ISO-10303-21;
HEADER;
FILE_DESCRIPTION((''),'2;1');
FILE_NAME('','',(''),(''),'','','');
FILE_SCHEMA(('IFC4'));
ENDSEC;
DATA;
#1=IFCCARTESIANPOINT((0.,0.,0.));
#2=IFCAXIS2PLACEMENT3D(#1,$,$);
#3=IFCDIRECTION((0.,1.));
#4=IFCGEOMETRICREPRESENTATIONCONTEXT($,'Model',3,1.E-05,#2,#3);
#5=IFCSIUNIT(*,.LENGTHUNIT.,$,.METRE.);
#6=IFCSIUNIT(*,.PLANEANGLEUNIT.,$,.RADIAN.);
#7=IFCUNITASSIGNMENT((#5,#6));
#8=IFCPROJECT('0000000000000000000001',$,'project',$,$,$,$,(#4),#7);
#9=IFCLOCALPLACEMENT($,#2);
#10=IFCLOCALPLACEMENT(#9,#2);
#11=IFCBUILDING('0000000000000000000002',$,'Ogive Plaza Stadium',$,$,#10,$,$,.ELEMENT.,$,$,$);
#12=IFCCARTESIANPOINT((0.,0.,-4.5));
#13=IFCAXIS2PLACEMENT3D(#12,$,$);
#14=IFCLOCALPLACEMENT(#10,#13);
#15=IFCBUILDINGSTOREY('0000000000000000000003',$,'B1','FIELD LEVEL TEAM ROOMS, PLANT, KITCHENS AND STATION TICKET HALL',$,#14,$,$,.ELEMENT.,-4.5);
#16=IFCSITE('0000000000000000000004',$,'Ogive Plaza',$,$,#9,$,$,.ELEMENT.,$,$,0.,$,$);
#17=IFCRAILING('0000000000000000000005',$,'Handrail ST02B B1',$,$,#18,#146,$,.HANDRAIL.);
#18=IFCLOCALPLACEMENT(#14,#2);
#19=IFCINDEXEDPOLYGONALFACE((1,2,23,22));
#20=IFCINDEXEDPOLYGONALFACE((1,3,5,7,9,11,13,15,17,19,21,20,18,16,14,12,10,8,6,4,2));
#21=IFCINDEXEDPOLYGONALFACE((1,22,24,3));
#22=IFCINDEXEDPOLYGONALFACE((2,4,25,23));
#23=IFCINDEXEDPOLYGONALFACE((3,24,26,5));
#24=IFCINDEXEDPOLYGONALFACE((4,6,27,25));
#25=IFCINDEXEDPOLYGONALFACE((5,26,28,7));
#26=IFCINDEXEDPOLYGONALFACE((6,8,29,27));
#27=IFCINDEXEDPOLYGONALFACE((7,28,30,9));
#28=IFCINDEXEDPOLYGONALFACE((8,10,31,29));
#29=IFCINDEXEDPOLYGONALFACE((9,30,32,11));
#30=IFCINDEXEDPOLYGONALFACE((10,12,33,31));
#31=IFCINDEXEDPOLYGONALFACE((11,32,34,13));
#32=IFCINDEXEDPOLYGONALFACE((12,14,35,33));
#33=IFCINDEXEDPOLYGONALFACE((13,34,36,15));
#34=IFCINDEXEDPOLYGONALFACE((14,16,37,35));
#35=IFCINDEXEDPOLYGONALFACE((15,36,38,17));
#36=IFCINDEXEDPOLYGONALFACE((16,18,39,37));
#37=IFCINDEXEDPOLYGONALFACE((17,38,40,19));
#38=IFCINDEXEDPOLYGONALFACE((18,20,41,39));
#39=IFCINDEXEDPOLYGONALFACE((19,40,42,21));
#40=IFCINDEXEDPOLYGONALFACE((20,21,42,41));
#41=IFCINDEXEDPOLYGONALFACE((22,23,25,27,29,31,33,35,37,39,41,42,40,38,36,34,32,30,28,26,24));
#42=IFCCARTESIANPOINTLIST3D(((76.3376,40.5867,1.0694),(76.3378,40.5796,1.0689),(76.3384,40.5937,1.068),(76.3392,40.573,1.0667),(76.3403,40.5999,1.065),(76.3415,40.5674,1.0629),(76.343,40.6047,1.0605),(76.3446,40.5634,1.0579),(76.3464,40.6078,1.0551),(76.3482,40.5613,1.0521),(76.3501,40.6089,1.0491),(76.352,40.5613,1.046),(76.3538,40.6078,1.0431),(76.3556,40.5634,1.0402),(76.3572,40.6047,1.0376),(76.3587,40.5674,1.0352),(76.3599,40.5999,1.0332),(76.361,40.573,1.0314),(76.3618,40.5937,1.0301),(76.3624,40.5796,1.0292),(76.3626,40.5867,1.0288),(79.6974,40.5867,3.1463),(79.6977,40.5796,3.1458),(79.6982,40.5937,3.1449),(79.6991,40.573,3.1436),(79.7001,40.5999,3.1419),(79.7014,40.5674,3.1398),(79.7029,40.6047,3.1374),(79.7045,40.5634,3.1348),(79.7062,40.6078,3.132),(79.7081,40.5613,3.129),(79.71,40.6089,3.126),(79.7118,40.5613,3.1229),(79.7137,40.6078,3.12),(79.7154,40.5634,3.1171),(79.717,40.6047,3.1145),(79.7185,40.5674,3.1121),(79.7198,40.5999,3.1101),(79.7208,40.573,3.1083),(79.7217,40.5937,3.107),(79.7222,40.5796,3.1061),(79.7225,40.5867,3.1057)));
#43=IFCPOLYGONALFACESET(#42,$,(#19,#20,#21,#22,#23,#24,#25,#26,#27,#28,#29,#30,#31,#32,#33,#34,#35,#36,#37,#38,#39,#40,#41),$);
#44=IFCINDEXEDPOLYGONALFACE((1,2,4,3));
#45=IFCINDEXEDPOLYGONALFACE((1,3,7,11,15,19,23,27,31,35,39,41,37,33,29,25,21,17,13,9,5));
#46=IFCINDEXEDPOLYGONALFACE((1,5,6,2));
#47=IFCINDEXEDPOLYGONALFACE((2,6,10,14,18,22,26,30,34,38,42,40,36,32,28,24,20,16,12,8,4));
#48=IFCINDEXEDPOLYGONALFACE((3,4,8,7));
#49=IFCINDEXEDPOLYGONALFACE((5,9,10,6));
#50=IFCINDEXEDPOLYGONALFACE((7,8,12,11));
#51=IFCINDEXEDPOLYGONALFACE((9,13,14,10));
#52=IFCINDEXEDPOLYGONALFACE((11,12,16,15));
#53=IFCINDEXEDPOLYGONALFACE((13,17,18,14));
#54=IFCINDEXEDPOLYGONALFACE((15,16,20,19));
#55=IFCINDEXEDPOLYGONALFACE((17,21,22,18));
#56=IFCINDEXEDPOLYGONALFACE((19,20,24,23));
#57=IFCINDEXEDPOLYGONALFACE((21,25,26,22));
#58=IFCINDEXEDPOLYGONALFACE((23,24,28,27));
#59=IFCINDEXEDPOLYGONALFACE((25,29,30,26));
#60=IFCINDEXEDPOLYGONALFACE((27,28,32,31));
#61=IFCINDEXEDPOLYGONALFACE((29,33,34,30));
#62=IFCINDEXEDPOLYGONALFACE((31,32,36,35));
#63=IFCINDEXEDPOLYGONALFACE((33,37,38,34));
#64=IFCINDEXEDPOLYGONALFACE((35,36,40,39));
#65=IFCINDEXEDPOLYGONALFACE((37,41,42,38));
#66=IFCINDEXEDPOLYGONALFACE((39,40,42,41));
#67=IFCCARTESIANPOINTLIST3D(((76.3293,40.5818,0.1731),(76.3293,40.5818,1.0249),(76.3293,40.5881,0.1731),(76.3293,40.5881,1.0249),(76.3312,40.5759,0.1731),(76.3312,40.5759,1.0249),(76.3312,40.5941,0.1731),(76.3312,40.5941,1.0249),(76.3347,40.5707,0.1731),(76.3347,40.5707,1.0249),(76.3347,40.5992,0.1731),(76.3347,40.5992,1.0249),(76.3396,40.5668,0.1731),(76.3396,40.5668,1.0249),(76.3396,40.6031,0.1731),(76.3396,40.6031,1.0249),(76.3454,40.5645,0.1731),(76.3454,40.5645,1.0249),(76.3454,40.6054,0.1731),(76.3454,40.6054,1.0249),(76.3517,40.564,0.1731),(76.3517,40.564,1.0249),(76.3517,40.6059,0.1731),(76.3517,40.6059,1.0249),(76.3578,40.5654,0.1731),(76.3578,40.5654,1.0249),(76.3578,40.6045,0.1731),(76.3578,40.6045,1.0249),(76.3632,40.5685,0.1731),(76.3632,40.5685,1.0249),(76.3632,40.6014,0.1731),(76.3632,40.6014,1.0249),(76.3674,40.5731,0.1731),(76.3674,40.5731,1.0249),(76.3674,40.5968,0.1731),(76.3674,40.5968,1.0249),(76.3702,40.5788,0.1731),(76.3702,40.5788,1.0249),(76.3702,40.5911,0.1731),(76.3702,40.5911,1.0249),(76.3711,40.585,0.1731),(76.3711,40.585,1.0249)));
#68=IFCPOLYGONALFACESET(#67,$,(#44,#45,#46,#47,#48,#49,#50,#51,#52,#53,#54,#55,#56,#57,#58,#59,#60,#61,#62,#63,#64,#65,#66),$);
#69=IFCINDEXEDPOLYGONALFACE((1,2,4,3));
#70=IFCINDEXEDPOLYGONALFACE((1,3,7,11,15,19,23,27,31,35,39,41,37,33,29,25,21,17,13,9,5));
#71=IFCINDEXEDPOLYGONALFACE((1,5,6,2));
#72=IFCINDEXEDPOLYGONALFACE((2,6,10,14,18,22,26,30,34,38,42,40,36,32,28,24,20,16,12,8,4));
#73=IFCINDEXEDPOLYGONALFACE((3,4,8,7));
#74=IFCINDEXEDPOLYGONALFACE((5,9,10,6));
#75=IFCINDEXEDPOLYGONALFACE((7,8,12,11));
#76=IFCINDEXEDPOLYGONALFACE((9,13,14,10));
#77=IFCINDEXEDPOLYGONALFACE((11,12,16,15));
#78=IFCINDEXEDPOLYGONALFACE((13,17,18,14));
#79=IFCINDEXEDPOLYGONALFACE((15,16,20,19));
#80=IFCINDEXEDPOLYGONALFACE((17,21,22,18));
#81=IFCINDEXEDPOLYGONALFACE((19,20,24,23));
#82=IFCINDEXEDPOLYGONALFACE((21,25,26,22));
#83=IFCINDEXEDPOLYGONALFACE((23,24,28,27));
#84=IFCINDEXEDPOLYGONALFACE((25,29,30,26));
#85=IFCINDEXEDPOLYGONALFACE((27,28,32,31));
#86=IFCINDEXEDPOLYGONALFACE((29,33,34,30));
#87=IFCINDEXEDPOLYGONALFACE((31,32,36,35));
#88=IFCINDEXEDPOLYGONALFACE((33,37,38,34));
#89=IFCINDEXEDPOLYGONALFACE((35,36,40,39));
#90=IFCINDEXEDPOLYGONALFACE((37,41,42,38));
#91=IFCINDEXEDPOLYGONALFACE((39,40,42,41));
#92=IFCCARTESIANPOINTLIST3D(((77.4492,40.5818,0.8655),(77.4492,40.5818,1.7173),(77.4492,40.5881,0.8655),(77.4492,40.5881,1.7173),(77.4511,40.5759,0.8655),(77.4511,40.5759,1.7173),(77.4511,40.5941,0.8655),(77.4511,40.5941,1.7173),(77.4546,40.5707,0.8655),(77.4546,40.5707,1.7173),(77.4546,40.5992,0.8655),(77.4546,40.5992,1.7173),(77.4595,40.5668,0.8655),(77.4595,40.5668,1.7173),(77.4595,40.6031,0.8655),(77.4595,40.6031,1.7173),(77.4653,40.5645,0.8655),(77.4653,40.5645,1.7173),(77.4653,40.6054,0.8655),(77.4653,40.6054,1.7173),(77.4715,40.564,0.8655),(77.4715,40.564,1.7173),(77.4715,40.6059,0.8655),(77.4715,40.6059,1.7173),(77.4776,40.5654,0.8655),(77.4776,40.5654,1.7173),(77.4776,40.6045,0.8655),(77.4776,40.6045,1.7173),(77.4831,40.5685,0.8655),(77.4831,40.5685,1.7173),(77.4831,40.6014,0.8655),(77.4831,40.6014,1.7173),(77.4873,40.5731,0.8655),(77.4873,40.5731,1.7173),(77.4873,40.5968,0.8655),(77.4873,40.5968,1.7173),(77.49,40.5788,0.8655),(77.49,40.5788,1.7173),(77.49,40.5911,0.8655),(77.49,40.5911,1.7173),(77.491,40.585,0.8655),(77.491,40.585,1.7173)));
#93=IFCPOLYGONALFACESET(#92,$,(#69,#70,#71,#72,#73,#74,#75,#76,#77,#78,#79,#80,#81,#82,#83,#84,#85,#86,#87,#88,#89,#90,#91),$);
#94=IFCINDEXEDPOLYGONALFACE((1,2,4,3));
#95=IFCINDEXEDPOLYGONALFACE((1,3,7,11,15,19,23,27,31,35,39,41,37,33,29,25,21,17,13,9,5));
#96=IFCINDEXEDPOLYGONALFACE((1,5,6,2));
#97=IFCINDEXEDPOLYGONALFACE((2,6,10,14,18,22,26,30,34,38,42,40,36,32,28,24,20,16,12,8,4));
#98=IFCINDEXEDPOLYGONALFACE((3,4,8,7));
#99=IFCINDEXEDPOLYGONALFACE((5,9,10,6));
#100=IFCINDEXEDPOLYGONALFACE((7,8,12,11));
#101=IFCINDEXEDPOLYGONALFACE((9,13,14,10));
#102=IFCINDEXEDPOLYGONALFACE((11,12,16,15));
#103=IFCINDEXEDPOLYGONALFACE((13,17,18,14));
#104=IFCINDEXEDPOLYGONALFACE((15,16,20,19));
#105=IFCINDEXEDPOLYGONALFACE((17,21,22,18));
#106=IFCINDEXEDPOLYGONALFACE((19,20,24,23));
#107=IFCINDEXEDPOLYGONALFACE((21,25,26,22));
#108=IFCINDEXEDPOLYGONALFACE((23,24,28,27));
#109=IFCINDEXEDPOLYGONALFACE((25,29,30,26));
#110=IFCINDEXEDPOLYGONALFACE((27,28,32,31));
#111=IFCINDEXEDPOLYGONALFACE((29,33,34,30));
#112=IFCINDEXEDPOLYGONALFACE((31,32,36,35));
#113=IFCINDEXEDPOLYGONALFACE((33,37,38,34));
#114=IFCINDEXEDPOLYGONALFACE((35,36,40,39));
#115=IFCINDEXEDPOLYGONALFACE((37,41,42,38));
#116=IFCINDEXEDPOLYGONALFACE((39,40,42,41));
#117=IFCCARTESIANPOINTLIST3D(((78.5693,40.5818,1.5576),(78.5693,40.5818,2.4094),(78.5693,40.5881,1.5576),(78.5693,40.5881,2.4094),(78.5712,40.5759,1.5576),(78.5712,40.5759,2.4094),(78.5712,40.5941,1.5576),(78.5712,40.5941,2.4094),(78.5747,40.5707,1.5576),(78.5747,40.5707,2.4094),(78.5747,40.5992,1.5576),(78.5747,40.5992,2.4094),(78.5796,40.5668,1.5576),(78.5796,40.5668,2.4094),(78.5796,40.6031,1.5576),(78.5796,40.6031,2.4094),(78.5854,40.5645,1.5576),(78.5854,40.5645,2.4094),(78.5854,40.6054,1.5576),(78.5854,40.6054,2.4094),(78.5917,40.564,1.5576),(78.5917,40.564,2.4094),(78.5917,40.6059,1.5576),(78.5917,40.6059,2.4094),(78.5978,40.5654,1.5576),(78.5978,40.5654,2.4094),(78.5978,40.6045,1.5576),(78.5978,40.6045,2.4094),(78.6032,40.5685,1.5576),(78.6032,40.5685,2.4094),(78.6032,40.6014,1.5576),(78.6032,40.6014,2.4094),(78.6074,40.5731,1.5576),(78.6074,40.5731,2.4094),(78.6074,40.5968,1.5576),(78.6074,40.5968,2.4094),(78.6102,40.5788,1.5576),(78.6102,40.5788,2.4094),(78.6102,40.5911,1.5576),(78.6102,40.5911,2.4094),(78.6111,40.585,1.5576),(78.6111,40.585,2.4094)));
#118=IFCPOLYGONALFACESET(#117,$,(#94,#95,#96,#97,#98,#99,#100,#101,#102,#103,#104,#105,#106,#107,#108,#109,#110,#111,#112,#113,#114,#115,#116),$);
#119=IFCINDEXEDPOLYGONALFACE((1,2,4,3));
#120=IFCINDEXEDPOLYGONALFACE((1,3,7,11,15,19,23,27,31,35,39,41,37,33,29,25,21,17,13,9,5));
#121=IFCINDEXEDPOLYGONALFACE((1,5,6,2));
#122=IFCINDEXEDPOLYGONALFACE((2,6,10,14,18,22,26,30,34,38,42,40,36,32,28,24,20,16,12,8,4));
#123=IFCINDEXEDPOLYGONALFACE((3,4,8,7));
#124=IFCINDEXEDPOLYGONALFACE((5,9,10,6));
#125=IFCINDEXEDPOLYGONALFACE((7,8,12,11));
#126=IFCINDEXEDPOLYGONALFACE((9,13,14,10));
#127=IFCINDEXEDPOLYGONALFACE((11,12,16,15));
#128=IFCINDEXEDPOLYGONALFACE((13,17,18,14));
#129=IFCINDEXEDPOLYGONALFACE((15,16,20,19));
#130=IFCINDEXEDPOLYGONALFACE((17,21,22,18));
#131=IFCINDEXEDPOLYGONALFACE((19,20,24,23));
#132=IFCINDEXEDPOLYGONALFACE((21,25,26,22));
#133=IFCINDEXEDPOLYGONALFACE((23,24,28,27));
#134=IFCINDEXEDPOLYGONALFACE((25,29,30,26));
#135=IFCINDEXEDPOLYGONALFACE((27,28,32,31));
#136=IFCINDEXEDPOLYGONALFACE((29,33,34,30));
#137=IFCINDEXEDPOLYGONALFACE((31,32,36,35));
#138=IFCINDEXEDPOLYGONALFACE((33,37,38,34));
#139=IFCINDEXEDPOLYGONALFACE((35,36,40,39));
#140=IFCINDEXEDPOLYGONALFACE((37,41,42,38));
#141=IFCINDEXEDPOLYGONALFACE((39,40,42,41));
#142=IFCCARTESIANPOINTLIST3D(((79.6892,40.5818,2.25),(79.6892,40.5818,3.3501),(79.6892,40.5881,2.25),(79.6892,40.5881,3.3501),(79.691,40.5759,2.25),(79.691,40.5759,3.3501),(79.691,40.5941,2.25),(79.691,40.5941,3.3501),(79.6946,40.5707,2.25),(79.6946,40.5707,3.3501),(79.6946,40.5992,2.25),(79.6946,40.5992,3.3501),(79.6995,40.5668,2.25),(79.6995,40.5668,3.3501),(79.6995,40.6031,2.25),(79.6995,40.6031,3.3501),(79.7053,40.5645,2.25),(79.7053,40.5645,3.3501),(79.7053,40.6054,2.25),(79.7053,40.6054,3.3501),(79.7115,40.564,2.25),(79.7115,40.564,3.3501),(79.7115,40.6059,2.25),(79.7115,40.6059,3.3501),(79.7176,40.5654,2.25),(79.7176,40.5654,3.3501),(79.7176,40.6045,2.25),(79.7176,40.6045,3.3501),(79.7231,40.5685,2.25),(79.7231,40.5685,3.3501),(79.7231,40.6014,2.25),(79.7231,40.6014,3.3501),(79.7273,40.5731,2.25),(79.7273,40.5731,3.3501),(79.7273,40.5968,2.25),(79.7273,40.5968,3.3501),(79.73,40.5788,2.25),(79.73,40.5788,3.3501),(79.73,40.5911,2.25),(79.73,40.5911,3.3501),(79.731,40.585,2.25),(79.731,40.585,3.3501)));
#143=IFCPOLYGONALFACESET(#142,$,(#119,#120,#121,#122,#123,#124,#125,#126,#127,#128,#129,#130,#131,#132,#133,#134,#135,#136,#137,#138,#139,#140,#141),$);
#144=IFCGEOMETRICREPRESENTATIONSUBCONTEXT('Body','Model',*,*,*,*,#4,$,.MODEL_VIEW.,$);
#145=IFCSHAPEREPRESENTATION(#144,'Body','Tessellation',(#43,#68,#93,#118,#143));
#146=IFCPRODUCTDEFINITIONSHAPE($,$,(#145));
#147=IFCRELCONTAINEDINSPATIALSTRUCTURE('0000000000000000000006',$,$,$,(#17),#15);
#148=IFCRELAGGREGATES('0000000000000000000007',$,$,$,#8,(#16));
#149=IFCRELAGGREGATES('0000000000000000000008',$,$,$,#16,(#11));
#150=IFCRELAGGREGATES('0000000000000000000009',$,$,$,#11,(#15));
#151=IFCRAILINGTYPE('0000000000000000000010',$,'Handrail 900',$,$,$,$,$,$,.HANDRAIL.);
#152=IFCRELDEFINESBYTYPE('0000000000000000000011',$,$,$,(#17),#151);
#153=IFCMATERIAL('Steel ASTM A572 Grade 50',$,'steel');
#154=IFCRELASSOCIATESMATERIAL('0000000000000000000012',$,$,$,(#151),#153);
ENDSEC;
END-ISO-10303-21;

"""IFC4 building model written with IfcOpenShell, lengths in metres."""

from ifc_helpers import new_model, si_unit, direction, frame, origin, origin_2d, place, context, subcontext, project, spatial, circle, extrude, material, type_object, element, save


model = new_model("IFC4")

# Units and contexts
model_context = context("Model", 3, precision=1e-05, world=origin(), true_north=direction((0.0, 1.0)))
body_context = subcontext(model_context, "Body", "Model", "MODEL_VIEW")
ifc_project = project(units=[si_unit("LENGTHUNIT", "METRE"), si_unit("PLANEANGLEUNIT", "RADIAN")], contexts=[model_context])

# Site, building, storey
site_placement = place(None, origin())
site = spatial("IfcSite", under=ifc_project, at=site_placement, Name="Ogive Plaza", CompositionType="ELEMENT", RefElevation=0.0)
building_placement = place(site_placement, origin())
building = spatial("IfcBuilding", under=site, at=building_placement, Name="Ogive Plaza Stadium", CompositionType="ELEMENT")
storey_placement = place(building_placement, frame((0.0, 0.0, -4.5)))
storey = spatial("IfcBuildingStorey", under=building, at=storey_placement, Name="B1", Description="FIELD LEVEL TEAM ROOMS, PLANT, KITCHENS AND STATION TICKET HALL", CompositionType="ELEMENT", Elevation=-4.5)

# Railing
ifc_material_1 = material(Name="Steel ASTM A572 Grade 50", Category="steel")
railing_type_1 = type_object("IfcRailingType", Name="Handrail 900", PredefinedType="HANDRAIL", material=ifc_material_1)
for number, where, name in (
    (1, (76.3501, 40.585, 0.1731), "Handrail ST02B B1"),
):
    element("IfcRailing", number, at=place(storey_placement, frame(where)), inside=storey, type_object=railing_type_1, Name=name, PredefinedType="HANDRAIL", context=body_context, shape_type="SweptSolid", body=[
        extrude(circle(Radius=0.0239, at=origin_2d()), frame((0.0, 0.0, 0.876), z_axis=(0.850606, 0.0, 0.525803), x_axis=(0.0, 1.0, 0.0)), (0.0, 0.0, 1.0), 3.95),
        extrude(circle(Radius=0.021, at=origin_2d()), origin(), (0.0, 0.0, 1.0), 0.8518),
        extrude(circle(Radius=0.021, at=origin_2d()), frame((1.1199, 0.0, 0.6924)), (0.0, 0.0, 1.0), 0.8518),
        extrude(circle(Radius=0.021, at=origin_2d()), frame((2.24, 0.0, 1.3845)), (0.0, 0.0, 1.0), 0.8518),
        extrude(circle(Radius=0.021, at=origin_2d()), frame((3.3599, 0.0, 2.0769)), (0.0, 0.0, 1.0), 1.1001),
    ])

save(model, "model.ifc")
